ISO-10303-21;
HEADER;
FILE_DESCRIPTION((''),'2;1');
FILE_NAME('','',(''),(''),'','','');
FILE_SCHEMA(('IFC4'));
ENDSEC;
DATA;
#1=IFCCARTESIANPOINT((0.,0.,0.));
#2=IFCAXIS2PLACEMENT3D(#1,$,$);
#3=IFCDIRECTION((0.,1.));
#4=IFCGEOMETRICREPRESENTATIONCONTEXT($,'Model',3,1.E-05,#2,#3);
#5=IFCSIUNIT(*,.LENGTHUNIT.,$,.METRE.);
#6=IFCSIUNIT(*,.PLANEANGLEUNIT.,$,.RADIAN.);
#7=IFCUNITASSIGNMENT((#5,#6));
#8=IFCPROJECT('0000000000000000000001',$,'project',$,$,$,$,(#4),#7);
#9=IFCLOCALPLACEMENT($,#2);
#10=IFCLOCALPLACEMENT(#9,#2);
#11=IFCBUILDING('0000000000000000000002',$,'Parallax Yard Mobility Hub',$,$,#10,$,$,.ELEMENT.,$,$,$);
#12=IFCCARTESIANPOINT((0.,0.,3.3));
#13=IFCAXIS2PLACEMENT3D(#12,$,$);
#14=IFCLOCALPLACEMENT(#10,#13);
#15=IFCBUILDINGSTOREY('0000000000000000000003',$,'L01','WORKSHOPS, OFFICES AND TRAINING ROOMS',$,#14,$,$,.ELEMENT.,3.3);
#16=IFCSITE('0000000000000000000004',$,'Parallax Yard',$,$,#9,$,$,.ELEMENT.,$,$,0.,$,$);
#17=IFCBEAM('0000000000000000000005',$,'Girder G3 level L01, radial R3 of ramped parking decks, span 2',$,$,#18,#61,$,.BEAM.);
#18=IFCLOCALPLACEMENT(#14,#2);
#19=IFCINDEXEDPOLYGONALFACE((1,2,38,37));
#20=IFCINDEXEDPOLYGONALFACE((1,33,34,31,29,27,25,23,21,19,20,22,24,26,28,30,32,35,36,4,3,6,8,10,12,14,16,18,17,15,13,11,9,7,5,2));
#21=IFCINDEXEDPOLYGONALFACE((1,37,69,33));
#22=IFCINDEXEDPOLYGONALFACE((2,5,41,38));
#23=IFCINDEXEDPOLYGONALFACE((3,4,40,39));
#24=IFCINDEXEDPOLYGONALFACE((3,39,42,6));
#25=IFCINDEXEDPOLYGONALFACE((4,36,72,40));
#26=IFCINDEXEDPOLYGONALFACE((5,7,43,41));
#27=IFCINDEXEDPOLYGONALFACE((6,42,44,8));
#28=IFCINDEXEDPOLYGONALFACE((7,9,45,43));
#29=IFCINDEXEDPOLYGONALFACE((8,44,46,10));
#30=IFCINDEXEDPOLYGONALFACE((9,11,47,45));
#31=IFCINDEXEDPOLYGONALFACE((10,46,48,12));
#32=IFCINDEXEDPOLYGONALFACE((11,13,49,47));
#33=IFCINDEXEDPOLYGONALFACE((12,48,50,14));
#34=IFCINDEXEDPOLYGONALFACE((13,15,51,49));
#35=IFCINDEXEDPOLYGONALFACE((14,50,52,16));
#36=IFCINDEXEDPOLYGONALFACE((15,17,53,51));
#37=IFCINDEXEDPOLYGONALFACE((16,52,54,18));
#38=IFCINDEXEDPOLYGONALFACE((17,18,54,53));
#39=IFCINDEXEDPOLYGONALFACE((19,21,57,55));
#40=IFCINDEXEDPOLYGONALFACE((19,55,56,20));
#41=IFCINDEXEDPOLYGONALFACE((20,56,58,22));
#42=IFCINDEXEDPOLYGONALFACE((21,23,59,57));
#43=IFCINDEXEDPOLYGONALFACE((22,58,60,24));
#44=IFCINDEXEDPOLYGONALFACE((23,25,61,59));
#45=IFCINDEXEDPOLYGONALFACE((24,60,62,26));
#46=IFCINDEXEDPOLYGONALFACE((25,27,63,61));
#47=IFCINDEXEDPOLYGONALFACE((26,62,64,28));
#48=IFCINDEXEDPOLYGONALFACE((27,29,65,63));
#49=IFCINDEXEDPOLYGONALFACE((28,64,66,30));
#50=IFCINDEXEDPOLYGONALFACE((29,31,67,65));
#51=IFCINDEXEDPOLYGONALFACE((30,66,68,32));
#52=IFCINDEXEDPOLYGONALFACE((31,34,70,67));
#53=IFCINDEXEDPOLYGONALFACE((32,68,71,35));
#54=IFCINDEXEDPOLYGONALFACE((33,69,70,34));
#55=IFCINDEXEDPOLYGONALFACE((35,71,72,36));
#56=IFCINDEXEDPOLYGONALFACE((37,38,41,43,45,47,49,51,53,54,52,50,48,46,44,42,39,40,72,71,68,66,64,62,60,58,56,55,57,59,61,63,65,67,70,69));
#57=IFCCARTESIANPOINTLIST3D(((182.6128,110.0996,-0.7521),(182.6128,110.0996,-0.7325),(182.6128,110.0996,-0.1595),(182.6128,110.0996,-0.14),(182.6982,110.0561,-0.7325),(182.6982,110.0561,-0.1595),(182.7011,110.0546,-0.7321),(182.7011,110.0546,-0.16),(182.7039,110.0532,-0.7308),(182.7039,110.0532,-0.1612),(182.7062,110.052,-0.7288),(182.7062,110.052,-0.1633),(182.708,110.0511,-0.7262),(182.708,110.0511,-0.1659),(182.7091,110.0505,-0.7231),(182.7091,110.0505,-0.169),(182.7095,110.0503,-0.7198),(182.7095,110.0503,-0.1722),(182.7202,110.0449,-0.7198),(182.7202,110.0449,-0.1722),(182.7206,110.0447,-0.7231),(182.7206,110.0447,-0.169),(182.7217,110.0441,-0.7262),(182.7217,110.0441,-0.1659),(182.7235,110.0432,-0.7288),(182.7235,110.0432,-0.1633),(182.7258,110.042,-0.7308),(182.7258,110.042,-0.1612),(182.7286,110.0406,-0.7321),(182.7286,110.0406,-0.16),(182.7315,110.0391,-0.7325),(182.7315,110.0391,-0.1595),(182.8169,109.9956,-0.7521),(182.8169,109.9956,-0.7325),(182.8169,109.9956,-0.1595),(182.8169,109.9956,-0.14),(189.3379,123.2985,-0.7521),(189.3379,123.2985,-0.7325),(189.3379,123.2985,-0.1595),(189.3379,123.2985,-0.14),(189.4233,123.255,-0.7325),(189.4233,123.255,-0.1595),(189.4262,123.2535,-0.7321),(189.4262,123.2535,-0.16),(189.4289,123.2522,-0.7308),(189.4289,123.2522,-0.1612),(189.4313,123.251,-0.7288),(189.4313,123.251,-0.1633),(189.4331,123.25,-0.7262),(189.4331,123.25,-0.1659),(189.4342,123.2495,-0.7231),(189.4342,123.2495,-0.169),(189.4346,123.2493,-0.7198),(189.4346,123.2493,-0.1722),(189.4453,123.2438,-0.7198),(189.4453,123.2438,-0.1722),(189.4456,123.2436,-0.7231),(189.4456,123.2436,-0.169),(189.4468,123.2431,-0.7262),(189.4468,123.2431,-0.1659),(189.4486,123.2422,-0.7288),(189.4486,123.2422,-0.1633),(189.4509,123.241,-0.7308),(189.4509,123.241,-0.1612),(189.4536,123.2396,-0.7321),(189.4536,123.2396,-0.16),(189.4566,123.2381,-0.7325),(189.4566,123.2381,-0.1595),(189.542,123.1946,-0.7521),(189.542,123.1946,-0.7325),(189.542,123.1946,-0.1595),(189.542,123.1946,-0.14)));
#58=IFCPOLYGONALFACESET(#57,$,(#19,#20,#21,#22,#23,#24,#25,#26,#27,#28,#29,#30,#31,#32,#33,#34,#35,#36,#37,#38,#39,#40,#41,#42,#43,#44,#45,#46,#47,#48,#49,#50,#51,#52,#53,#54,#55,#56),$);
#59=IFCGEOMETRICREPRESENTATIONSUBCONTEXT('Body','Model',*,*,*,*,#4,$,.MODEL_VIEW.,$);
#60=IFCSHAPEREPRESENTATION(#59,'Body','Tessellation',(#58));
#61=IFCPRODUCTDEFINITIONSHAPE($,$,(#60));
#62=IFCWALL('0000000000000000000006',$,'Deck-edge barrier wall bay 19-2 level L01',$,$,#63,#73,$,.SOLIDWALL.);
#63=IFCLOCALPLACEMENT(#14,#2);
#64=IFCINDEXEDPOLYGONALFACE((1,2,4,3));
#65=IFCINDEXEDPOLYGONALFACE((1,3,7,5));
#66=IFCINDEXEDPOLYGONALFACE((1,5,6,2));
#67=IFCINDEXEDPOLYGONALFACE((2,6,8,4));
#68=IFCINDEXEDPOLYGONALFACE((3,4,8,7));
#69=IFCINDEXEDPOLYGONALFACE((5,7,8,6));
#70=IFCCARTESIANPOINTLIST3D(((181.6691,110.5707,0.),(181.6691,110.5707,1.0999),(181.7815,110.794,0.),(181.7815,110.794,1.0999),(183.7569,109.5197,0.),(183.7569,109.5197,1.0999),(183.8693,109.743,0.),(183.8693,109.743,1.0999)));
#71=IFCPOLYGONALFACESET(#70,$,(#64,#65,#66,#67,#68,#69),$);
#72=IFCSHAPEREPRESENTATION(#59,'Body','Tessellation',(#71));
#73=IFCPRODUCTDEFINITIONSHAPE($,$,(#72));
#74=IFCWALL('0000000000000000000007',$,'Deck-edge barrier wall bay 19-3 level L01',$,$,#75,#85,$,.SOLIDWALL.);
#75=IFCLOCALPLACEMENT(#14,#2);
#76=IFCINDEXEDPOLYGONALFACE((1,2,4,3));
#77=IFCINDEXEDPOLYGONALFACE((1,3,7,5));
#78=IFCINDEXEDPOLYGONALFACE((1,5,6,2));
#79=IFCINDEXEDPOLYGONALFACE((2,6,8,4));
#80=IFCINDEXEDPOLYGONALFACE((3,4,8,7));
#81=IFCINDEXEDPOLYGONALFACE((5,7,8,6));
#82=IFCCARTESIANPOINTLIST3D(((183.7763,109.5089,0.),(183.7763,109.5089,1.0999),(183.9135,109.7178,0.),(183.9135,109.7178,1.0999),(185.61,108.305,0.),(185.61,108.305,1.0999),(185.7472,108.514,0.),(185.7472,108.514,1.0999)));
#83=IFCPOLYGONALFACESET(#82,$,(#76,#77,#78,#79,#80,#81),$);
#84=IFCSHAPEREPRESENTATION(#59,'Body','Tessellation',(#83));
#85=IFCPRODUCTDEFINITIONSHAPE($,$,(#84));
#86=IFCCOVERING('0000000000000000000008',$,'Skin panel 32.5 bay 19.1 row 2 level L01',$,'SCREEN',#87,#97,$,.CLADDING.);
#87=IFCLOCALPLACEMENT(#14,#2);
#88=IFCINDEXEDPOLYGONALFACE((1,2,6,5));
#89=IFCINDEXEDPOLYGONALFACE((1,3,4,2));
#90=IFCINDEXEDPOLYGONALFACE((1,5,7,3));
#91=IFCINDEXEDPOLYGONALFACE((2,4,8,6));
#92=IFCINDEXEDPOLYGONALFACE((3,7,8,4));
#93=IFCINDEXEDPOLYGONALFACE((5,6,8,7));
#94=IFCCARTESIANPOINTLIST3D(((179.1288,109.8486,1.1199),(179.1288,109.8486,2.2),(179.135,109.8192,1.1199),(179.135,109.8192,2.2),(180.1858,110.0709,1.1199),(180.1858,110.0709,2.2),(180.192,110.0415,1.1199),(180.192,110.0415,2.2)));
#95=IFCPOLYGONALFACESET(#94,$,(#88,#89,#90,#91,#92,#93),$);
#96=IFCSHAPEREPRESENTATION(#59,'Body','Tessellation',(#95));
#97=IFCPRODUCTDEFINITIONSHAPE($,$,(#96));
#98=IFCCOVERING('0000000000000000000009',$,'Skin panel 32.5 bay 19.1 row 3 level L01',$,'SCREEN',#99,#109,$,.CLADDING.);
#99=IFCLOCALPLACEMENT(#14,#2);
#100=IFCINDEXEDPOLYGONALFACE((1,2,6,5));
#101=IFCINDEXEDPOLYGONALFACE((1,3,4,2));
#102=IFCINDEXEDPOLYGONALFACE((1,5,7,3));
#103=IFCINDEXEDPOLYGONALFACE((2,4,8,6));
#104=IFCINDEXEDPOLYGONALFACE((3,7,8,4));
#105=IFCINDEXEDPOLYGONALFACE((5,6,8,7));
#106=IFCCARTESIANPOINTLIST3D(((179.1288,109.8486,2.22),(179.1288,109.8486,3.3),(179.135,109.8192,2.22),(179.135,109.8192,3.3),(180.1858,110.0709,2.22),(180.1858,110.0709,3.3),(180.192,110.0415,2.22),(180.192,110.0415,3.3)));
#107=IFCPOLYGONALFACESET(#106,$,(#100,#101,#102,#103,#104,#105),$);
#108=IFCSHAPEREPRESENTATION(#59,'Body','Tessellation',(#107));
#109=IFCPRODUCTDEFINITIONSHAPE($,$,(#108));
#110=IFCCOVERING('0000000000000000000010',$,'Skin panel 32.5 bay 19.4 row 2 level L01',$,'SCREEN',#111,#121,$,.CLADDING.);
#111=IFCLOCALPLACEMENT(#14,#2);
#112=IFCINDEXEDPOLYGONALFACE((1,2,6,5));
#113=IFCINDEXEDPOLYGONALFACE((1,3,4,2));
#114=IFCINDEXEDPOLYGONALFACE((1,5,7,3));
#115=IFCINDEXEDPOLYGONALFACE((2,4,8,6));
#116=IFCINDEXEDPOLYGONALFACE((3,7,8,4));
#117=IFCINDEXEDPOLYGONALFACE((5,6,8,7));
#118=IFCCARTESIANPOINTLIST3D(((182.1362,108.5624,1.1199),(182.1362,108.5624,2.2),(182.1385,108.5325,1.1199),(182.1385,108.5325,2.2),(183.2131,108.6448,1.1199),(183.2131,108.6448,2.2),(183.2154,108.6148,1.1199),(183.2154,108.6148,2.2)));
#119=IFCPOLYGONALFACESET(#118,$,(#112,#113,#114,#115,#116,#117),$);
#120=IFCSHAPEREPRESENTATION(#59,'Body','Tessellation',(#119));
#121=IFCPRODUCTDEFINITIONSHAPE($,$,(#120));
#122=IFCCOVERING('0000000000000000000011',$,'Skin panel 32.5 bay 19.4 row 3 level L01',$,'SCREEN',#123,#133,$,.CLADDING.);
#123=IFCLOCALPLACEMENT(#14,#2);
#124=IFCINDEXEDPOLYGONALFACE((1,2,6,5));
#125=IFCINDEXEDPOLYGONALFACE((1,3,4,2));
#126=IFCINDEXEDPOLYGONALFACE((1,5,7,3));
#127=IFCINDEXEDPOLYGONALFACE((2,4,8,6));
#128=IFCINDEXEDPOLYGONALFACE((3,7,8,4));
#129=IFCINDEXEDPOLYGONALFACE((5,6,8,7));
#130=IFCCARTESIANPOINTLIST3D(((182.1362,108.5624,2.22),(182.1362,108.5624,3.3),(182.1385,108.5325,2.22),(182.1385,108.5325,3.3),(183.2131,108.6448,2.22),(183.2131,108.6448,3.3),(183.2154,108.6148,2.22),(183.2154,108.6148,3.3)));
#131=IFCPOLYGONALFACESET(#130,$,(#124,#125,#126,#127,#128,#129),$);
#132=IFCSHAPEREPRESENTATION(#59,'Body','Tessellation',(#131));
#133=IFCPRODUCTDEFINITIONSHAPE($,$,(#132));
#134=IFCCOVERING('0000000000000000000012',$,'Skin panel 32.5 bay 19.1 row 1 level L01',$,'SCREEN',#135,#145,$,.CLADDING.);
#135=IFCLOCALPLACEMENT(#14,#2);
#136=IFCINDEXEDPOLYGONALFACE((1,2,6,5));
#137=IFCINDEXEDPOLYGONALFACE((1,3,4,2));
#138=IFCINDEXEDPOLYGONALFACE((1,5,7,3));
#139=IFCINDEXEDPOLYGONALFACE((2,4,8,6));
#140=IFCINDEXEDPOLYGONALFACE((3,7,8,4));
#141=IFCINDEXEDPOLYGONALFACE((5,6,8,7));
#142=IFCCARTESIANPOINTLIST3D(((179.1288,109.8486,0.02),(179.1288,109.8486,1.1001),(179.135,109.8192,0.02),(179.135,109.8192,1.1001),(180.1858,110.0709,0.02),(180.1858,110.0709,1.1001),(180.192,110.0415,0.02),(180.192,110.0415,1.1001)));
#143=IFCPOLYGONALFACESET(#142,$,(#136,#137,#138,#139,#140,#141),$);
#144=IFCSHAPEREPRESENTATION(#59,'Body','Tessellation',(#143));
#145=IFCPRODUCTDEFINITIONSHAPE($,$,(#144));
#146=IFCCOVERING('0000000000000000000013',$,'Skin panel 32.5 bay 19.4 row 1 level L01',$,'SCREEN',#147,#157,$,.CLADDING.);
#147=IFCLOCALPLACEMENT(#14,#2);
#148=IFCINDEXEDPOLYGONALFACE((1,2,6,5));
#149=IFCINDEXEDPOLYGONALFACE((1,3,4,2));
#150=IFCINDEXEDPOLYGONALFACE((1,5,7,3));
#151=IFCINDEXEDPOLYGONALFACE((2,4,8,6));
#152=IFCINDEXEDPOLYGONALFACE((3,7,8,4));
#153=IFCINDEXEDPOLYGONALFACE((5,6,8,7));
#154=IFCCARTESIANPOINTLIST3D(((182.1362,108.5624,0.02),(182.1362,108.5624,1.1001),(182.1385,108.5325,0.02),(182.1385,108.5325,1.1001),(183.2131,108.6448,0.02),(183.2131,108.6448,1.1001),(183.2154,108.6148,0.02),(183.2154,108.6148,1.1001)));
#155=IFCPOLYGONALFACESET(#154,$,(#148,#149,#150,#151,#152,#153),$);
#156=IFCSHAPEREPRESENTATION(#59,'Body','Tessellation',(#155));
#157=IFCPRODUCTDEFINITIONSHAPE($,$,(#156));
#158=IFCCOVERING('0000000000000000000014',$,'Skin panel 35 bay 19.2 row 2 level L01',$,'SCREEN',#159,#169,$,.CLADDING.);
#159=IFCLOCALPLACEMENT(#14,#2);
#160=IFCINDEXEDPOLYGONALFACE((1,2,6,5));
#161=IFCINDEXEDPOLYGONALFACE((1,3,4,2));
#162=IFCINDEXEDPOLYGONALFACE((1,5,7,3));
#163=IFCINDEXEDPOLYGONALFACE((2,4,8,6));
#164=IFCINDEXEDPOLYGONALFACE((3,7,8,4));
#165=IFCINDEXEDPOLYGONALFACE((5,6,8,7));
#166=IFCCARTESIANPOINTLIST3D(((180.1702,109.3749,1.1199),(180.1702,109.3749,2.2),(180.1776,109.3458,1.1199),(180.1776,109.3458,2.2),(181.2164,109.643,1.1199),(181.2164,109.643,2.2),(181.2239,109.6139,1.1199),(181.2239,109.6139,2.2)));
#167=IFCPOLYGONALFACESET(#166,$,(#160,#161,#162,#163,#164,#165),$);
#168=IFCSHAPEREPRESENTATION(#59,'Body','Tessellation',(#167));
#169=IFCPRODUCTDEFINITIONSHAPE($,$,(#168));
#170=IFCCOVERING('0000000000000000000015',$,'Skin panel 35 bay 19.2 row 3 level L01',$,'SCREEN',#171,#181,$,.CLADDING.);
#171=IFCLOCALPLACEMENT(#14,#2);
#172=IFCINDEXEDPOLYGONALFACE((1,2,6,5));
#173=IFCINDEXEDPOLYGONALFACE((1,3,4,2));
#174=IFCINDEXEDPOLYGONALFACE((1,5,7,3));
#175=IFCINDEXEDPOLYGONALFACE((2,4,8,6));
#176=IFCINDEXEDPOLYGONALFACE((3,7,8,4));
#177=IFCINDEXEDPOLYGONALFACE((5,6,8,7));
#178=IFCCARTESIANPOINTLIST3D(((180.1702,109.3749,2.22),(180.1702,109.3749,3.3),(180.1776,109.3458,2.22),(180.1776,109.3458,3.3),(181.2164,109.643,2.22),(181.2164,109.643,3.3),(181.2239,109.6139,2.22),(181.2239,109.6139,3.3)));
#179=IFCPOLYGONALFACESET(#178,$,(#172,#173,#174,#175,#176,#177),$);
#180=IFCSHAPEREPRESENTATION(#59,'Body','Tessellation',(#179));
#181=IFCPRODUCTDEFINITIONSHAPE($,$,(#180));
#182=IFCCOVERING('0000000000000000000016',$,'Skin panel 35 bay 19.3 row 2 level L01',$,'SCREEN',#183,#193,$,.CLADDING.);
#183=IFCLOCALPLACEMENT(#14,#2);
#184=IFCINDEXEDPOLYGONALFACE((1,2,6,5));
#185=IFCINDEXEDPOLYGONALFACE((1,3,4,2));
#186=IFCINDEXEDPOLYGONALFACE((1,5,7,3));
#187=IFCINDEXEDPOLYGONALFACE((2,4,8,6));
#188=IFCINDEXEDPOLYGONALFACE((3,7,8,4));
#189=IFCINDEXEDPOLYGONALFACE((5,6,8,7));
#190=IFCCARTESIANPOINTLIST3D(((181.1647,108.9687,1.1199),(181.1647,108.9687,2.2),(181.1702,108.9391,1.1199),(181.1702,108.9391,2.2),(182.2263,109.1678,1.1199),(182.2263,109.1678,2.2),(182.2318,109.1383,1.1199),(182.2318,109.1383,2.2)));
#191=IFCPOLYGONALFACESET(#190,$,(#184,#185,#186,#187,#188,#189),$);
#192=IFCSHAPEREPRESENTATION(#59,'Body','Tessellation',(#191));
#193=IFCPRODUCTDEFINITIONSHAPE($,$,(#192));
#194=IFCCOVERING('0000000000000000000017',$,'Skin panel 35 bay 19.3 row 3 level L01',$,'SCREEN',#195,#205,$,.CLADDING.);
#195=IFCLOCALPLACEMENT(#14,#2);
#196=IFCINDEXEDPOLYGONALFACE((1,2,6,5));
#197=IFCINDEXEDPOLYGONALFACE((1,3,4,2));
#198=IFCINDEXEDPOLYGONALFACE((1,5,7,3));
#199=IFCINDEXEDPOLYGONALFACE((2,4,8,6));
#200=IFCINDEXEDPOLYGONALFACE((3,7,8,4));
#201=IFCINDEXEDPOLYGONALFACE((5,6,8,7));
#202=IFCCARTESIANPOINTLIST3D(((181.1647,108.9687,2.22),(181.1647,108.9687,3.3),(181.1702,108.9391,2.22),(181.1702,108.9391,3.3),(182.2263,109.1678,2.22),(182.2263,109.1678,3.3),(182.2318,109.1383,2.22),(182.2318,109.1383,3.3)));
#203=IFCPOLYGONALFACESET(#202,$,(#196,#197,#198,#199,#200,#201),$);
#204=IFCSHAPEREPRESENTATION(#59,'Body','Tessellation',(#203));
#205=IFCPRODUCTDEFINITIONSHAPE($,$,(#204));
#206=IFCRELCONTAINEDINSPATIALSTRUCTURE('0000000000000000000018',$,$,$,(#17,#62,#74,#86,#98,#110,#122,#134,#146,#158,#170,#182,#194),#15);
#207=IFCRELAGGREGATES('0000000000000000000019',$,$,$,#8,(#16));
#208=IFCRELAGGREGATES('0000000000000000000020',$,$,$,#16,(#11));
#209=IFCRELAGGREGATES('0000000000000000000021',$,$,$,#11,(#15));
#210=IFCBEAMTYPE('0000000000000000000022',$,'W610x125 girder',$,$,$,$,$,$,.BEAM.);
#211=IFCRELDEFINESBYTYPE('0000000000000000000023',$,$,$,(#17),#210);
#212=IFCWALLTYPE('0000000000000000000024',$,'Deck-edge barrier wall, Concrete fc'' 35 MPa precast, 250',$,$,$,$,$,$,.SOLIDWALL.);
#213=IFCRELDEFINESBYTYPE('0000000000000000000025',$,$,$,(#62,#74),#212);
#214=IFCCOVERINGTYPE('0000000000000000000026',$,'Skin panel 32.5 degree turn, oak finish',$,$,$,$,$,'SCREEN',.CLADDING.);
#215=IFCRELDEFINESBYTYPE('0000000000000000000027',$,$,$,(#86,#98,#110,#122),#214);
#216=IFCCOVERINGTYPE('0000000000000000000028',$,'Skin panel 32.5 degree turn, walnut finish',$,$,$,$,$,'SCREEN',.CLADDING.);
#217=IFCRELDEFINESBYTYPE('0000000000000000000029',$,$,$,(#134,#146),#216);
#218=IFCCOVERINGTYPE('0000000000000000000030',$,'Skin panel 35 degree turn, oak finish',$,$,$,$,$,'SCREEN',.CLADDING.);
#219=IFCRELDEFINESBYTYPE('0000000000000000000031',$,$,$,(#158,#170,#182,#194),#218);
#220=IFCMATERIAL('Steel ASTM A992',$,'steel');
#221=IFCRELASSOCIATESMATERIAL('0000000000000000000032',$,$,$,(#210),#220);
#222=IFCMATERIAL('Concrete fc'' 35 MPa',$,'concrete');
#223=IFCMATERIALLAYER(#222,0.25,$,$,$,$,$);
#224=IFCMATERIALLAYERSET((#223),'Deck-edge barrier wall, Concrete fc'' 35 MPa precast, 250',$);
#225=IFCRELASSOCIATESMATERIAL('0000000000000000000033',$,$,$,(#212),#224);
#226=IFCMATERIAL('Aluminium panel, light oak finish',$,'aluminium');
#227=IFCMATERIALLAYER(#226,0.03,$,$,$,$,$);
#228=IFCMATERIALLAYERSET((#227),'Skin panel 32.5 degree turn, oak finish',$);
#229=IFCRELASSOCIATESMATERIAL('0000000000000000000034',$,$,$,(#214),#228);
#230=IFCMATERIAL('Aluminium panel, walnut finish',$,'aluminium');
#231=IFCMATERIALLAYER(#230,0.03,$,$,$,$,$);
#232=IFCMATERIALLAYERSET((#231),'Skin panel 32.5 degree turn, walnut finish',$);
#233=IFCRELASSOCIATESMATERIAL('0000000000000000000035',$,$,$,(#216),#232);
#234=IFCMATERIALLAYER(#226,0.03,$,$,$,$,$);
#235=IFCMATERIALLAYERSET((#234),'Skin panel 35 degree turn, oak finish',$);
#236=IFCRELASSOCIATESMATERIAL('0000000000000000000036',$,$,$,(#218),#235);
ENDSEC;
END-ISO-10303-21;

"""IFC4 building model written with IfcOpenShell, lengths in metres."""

from ifc_helpers import new_model, si_unit, direction, frame, frame_2d, origin, origin_2d, place, context, subcontext, project, spatial, rectangle, i_section, extrude, material, layer, layer_set, material_profile, profile_set, type_object, element, save


model = new_model("IFC4")

# Units and contexts
model_context = context("Model", 3, precision=1e-05, world=origin(), true_north=direction((0.0, 1.0)))
body_context = subcontext(model_context, "Body", "Model", "MODEL_VIEW")
ifc_project = project(units=[si_unit("LENGTHUNIT", "METRE"), si_unit("PLANEANGLEUNIT", "RADIAN")], contexts=[model_context])

# Site, building, storey
site_placement = place(None, origin())
site = spatial("IfcSite", under=ifc_project, at=site_placement, Name="Parallax Yard", CompositionType="ELEMENT", RefElevation=0.0)
building_placement = place(site_placement, origin())
building = spatial("IfcBuilding", under=site, at=building_placement, Name="Parallax Yard Mobility Hub", CompositionType="ELEMENT")
storey_placement = place(building_placement, frame((0.0, 0.0, 3.3)))
storey = spatial("IfcBuildingStorey", under=building, at=storey_placement, Name="L01", Description="WORKSHOPS, OFFICES AND TRAINING ROOMS", CompositionType="ELEMENT", Elevation=3.3)

# Beam
ifc_material_1 = material(Name="Steel ASTM A992", Category="steel")
ifc_material_profile_1 = material_profile(ifc_material_1, i_section(OverallWidth=0.229, OverallDepth=0.6121, WebThickness=0.012, FlangeThickness=0.0195, FilletRadius=0.0127, at=origin_2d()), Name="W610x125")
ifc_profile_set_1 = profile_set([ifc_material_profile_1], Name="Steel ASTM A992")
beam_type_1 = type_object("IfcBeamType", Name="W610x125 girder", PredefinedType="BEAM", material=ifc_profile_set_1)
beam_1_placement = place(storey_placement, frame((182.7148, 110.0476, -0.446), z_axis=(0.453984, 0.89101, 0.0), x_axis=(-0.89101, 0.453984, 0.0)))
element("IfcBeam", 1, at=beam_1_placement, inside=storey, type_object=beam_type_1, Name="Girder G3 level L01, radial R3 of ramped parking decks, span 2", PredefinedType="BEAM", context=body_context, shape_type="SweptSolid", body=[
    extrude(i_section(OverallWidth=0.229, OverallDepth=0.6121, WebThickness=0.012, FlangeThickness=0.0195, FilletRadius=0.0127, at=origin_2d()), origin(), (0.0, 0.0, 1.0), 14.8135),
])

# Walls
ifc_material_2 = material(Name="Concrete fc' 35 MPa", Category="concrete")
ifc_layer_1 = layer(ifc_material_2, 0.25)
ifc_layer_set_1 = layer_set([ifc_layer_1], Name="Deck-edge barrier wall, Concrete fc' 35 MPa precast, 250")
wall_type = type_object("IfcWallType", Name="Deck-edge barrier wall, Concrete fc' 35 MPa precast, 250", PredefinedType="SOLIDWALL", material=ifc_layer_set_1)
wall_1_placement = place(storey_placement, frame((181.7253, 110.6824, 0.0), z_axis=(0.0, 0.0, 1.0), x_axis=(0.893212, -0.449635, 0.0)))
element("IfcWall", 2, at=wall_1_placement, inside=storey, type_object=wall_type, Name="Deck-edge barrier wall bay 19-2 level L01", PredefinedType="SOLIDWALL", context=body_context, shape_type="SweptSolid", body=[
    extrude(rectangle(XDim=2.3374, YDim=0.25, at=frame_2d((1.1687, 0.0))), origin(), (0.0, 0.0, 1.0), 1.0999),
])
wall_2_placement = place(storey_placement, frame((183.845, 109.6133, 0.0), z_axis=(0.0, 0.0, 1.0), x_axis=(0.835951, -0.548805, 0.0)))
element("IfcWall", 3, at=wall_2_placement, inside=storey, type_object=wall_type, Name="Deck-edge barrier wall bay 19-3 level L01", PredefinedType="SOLIDWALL", context=body_context, shape_type="SweptSolid", body=[
    extrude(rectangle(XDim=2.1936, YDim=0.25, at=frame_2d((1.0967, 0.0))), origin(), (0.0, 0.0, 1.0), 1.0999),
])

# Coverings
ifc_material_3 = material(Name="Aluminium panel, light oak finish", Category="aluminium")
ifc_layer_2 = layer(ifc_material_3, 0.03)
ifc_layer_set_2 = layer_set([ifc_layer_2], Name="Skin panel 32.5 degree turn, oak finish")
covering_type_1 = type_object("IfcCoveringType", Name="Skin panel 32.5 degree turn, oak finish", ElementType="SCREEN", PredefinedType="CLADDING", material=ifc_layer_set_2)
for number, where, z_axis, x_axis, name in (
    (4, (179.6604, 109.9451, 1.1199), (0.0, 0.0, 1.0), (-0.978599, -0.205777, 0.0), "Skin panel 32.5 bay 19.1 row 2 level L01"),
    (5, (179.6604, 109.9451, 2.22), (0.0, 0.0, 1.0), (-0.978599, -0.205777, 0.0), "Skin panel 32.5 bay 19.1 row 3 level L01"),
    (6, (182.6758, 108.5886, 1.1199), (0.0, 0.0, 1.0), (-0.997086, -0.076284, 0.0), "Skin panel 32.5 bay 19.4 row 2 level L01"),
    (7, (182.6758, 108.5886, 2.22), (0.0, 0.0, 1.0), (-0.997086, -0.076284, 0.0), "Skin panel 32.5 bay 19.4 row 3 level L01"),
):
    element("IfcCovering", number, at=place(storey_placement, frame(where, z_axis=z_axis, x_axis=x_axis)), inside=storey, type_object=covering_type_1, Name=name, ObjectType="SCREEN", PredefinedType="CLADDING", context=body_context, shape_type="SweptSolid", body=[
        extrude(rectangle(XDim=1.0801, YDim=0.03, at=origin_2d()), origin(), (0.0, 0.0, 1.0), 1.0801),
    ])
ifc_material_4 = material(Name="Aluminium panel, walnut finish", Category="aluminium")
ifc_layer_3 = layer(ifc_material_4, 0.03)
ifc_layer_set_3 = layer_set([ifc_layer_3], Name="Skin panel 32.5 degree turn, walnut finish")
covering_type_2 = type_object("IfcCoveringType", Name="Skin panel 32.5 degree turn, walnut finish", ElementType="SCREEN", PredefinedType="CLADDING", material=ifc_layer_set_3)
for number, where, z_axis, x_axis, name in (
    (8, (179.6604, 109.9451, 0.02), (0.0, 0.0, 1.0), (-0.978599, -0.205777, 0.0), "Skin panel 32.5 bay 19.1 row 1 level L01"),
    (9, (182.6758, 108.5886, 0.02), (0.0, 0.0, 1.0), (-0.997086, -0.076284, 0.0), "Skin panel 32.5 bay 19.4 row 1 level L01"),
):
    element("IfcCovering", number, at=place(storey_placement, frame(where, z_axis=z_axis, x_axis=x_axis)), inside=storey, type_object=covering_type_2, Name=name, ObjectType="SCREEN", PredefinedType="CLADDING", context=body_context, shape_type="SweptSolid", body=[
        extrude(rectangle(XDim=1.0801, YDim=0.03, at=origin_2d()), origin(), (0.0, 0.0, 1.0), 1.0801),
    ])
ifc_layer_4 = layer(ifc_material_3, 0.03)
ifc_layer_set_4 = layer_set([ifc_layer_4], Name="Skin panel 35 degree turn, oak finish")
covering_type_3 = type_object("IfcCoveringType", Name="Skin panel 35 degree turn, oak finish", ElementType="SCREEN", PredefinedType="CLADDING", material=ifc_layer_set_4)
for number, where, z_axis, x_axis, name in (
    (10, (180.697, 109.4944, 1.1199), (0.0, 0.0, 1.0), (-0.968692, -0.248267, 0.0), "Skin panel 35 bay 19.2 row 2 level L01"),
    (11, (180.697, 109.4944, 2.22), (0.0, 0.0, 1.0), (-0.968692, -0.248267, 0.0), "Skin panel 35 bay 19.2 row 3 level L01"),
    (12, (181.6982, 109.0535, 1.1199), (0.0, 0.0, 1.0), (-0.982855, -0.18438, 0.0), "Skin panel 35 bay 19.3 row 2 level L01"),
    (13, (181.6982, 109.0535, 2.22), (0.0, 0.0, 1.0), (-0.982855, -0.18438, 0.0), "Skin panel 35 bay 19.3 row 3 level L01"),
):
    element("IfcCovering", number, at=place(storey_placement, frame(where, z_axis=z_axis, x_axis=x_axis)), inside=storey, type_object=covering_type_3, Name=name, ObjectType="SCREEN", PredefinedType="CLADDING", context=body_context, shape_type="SweptSolid", body=[
        extrude(rectangle(XDim=1.0801, YDim=0.03, at=origin_2d()), origin(), (0.0, 0.0, 1.0), 1.0801),
    ])

save(model, "model.ifc")
